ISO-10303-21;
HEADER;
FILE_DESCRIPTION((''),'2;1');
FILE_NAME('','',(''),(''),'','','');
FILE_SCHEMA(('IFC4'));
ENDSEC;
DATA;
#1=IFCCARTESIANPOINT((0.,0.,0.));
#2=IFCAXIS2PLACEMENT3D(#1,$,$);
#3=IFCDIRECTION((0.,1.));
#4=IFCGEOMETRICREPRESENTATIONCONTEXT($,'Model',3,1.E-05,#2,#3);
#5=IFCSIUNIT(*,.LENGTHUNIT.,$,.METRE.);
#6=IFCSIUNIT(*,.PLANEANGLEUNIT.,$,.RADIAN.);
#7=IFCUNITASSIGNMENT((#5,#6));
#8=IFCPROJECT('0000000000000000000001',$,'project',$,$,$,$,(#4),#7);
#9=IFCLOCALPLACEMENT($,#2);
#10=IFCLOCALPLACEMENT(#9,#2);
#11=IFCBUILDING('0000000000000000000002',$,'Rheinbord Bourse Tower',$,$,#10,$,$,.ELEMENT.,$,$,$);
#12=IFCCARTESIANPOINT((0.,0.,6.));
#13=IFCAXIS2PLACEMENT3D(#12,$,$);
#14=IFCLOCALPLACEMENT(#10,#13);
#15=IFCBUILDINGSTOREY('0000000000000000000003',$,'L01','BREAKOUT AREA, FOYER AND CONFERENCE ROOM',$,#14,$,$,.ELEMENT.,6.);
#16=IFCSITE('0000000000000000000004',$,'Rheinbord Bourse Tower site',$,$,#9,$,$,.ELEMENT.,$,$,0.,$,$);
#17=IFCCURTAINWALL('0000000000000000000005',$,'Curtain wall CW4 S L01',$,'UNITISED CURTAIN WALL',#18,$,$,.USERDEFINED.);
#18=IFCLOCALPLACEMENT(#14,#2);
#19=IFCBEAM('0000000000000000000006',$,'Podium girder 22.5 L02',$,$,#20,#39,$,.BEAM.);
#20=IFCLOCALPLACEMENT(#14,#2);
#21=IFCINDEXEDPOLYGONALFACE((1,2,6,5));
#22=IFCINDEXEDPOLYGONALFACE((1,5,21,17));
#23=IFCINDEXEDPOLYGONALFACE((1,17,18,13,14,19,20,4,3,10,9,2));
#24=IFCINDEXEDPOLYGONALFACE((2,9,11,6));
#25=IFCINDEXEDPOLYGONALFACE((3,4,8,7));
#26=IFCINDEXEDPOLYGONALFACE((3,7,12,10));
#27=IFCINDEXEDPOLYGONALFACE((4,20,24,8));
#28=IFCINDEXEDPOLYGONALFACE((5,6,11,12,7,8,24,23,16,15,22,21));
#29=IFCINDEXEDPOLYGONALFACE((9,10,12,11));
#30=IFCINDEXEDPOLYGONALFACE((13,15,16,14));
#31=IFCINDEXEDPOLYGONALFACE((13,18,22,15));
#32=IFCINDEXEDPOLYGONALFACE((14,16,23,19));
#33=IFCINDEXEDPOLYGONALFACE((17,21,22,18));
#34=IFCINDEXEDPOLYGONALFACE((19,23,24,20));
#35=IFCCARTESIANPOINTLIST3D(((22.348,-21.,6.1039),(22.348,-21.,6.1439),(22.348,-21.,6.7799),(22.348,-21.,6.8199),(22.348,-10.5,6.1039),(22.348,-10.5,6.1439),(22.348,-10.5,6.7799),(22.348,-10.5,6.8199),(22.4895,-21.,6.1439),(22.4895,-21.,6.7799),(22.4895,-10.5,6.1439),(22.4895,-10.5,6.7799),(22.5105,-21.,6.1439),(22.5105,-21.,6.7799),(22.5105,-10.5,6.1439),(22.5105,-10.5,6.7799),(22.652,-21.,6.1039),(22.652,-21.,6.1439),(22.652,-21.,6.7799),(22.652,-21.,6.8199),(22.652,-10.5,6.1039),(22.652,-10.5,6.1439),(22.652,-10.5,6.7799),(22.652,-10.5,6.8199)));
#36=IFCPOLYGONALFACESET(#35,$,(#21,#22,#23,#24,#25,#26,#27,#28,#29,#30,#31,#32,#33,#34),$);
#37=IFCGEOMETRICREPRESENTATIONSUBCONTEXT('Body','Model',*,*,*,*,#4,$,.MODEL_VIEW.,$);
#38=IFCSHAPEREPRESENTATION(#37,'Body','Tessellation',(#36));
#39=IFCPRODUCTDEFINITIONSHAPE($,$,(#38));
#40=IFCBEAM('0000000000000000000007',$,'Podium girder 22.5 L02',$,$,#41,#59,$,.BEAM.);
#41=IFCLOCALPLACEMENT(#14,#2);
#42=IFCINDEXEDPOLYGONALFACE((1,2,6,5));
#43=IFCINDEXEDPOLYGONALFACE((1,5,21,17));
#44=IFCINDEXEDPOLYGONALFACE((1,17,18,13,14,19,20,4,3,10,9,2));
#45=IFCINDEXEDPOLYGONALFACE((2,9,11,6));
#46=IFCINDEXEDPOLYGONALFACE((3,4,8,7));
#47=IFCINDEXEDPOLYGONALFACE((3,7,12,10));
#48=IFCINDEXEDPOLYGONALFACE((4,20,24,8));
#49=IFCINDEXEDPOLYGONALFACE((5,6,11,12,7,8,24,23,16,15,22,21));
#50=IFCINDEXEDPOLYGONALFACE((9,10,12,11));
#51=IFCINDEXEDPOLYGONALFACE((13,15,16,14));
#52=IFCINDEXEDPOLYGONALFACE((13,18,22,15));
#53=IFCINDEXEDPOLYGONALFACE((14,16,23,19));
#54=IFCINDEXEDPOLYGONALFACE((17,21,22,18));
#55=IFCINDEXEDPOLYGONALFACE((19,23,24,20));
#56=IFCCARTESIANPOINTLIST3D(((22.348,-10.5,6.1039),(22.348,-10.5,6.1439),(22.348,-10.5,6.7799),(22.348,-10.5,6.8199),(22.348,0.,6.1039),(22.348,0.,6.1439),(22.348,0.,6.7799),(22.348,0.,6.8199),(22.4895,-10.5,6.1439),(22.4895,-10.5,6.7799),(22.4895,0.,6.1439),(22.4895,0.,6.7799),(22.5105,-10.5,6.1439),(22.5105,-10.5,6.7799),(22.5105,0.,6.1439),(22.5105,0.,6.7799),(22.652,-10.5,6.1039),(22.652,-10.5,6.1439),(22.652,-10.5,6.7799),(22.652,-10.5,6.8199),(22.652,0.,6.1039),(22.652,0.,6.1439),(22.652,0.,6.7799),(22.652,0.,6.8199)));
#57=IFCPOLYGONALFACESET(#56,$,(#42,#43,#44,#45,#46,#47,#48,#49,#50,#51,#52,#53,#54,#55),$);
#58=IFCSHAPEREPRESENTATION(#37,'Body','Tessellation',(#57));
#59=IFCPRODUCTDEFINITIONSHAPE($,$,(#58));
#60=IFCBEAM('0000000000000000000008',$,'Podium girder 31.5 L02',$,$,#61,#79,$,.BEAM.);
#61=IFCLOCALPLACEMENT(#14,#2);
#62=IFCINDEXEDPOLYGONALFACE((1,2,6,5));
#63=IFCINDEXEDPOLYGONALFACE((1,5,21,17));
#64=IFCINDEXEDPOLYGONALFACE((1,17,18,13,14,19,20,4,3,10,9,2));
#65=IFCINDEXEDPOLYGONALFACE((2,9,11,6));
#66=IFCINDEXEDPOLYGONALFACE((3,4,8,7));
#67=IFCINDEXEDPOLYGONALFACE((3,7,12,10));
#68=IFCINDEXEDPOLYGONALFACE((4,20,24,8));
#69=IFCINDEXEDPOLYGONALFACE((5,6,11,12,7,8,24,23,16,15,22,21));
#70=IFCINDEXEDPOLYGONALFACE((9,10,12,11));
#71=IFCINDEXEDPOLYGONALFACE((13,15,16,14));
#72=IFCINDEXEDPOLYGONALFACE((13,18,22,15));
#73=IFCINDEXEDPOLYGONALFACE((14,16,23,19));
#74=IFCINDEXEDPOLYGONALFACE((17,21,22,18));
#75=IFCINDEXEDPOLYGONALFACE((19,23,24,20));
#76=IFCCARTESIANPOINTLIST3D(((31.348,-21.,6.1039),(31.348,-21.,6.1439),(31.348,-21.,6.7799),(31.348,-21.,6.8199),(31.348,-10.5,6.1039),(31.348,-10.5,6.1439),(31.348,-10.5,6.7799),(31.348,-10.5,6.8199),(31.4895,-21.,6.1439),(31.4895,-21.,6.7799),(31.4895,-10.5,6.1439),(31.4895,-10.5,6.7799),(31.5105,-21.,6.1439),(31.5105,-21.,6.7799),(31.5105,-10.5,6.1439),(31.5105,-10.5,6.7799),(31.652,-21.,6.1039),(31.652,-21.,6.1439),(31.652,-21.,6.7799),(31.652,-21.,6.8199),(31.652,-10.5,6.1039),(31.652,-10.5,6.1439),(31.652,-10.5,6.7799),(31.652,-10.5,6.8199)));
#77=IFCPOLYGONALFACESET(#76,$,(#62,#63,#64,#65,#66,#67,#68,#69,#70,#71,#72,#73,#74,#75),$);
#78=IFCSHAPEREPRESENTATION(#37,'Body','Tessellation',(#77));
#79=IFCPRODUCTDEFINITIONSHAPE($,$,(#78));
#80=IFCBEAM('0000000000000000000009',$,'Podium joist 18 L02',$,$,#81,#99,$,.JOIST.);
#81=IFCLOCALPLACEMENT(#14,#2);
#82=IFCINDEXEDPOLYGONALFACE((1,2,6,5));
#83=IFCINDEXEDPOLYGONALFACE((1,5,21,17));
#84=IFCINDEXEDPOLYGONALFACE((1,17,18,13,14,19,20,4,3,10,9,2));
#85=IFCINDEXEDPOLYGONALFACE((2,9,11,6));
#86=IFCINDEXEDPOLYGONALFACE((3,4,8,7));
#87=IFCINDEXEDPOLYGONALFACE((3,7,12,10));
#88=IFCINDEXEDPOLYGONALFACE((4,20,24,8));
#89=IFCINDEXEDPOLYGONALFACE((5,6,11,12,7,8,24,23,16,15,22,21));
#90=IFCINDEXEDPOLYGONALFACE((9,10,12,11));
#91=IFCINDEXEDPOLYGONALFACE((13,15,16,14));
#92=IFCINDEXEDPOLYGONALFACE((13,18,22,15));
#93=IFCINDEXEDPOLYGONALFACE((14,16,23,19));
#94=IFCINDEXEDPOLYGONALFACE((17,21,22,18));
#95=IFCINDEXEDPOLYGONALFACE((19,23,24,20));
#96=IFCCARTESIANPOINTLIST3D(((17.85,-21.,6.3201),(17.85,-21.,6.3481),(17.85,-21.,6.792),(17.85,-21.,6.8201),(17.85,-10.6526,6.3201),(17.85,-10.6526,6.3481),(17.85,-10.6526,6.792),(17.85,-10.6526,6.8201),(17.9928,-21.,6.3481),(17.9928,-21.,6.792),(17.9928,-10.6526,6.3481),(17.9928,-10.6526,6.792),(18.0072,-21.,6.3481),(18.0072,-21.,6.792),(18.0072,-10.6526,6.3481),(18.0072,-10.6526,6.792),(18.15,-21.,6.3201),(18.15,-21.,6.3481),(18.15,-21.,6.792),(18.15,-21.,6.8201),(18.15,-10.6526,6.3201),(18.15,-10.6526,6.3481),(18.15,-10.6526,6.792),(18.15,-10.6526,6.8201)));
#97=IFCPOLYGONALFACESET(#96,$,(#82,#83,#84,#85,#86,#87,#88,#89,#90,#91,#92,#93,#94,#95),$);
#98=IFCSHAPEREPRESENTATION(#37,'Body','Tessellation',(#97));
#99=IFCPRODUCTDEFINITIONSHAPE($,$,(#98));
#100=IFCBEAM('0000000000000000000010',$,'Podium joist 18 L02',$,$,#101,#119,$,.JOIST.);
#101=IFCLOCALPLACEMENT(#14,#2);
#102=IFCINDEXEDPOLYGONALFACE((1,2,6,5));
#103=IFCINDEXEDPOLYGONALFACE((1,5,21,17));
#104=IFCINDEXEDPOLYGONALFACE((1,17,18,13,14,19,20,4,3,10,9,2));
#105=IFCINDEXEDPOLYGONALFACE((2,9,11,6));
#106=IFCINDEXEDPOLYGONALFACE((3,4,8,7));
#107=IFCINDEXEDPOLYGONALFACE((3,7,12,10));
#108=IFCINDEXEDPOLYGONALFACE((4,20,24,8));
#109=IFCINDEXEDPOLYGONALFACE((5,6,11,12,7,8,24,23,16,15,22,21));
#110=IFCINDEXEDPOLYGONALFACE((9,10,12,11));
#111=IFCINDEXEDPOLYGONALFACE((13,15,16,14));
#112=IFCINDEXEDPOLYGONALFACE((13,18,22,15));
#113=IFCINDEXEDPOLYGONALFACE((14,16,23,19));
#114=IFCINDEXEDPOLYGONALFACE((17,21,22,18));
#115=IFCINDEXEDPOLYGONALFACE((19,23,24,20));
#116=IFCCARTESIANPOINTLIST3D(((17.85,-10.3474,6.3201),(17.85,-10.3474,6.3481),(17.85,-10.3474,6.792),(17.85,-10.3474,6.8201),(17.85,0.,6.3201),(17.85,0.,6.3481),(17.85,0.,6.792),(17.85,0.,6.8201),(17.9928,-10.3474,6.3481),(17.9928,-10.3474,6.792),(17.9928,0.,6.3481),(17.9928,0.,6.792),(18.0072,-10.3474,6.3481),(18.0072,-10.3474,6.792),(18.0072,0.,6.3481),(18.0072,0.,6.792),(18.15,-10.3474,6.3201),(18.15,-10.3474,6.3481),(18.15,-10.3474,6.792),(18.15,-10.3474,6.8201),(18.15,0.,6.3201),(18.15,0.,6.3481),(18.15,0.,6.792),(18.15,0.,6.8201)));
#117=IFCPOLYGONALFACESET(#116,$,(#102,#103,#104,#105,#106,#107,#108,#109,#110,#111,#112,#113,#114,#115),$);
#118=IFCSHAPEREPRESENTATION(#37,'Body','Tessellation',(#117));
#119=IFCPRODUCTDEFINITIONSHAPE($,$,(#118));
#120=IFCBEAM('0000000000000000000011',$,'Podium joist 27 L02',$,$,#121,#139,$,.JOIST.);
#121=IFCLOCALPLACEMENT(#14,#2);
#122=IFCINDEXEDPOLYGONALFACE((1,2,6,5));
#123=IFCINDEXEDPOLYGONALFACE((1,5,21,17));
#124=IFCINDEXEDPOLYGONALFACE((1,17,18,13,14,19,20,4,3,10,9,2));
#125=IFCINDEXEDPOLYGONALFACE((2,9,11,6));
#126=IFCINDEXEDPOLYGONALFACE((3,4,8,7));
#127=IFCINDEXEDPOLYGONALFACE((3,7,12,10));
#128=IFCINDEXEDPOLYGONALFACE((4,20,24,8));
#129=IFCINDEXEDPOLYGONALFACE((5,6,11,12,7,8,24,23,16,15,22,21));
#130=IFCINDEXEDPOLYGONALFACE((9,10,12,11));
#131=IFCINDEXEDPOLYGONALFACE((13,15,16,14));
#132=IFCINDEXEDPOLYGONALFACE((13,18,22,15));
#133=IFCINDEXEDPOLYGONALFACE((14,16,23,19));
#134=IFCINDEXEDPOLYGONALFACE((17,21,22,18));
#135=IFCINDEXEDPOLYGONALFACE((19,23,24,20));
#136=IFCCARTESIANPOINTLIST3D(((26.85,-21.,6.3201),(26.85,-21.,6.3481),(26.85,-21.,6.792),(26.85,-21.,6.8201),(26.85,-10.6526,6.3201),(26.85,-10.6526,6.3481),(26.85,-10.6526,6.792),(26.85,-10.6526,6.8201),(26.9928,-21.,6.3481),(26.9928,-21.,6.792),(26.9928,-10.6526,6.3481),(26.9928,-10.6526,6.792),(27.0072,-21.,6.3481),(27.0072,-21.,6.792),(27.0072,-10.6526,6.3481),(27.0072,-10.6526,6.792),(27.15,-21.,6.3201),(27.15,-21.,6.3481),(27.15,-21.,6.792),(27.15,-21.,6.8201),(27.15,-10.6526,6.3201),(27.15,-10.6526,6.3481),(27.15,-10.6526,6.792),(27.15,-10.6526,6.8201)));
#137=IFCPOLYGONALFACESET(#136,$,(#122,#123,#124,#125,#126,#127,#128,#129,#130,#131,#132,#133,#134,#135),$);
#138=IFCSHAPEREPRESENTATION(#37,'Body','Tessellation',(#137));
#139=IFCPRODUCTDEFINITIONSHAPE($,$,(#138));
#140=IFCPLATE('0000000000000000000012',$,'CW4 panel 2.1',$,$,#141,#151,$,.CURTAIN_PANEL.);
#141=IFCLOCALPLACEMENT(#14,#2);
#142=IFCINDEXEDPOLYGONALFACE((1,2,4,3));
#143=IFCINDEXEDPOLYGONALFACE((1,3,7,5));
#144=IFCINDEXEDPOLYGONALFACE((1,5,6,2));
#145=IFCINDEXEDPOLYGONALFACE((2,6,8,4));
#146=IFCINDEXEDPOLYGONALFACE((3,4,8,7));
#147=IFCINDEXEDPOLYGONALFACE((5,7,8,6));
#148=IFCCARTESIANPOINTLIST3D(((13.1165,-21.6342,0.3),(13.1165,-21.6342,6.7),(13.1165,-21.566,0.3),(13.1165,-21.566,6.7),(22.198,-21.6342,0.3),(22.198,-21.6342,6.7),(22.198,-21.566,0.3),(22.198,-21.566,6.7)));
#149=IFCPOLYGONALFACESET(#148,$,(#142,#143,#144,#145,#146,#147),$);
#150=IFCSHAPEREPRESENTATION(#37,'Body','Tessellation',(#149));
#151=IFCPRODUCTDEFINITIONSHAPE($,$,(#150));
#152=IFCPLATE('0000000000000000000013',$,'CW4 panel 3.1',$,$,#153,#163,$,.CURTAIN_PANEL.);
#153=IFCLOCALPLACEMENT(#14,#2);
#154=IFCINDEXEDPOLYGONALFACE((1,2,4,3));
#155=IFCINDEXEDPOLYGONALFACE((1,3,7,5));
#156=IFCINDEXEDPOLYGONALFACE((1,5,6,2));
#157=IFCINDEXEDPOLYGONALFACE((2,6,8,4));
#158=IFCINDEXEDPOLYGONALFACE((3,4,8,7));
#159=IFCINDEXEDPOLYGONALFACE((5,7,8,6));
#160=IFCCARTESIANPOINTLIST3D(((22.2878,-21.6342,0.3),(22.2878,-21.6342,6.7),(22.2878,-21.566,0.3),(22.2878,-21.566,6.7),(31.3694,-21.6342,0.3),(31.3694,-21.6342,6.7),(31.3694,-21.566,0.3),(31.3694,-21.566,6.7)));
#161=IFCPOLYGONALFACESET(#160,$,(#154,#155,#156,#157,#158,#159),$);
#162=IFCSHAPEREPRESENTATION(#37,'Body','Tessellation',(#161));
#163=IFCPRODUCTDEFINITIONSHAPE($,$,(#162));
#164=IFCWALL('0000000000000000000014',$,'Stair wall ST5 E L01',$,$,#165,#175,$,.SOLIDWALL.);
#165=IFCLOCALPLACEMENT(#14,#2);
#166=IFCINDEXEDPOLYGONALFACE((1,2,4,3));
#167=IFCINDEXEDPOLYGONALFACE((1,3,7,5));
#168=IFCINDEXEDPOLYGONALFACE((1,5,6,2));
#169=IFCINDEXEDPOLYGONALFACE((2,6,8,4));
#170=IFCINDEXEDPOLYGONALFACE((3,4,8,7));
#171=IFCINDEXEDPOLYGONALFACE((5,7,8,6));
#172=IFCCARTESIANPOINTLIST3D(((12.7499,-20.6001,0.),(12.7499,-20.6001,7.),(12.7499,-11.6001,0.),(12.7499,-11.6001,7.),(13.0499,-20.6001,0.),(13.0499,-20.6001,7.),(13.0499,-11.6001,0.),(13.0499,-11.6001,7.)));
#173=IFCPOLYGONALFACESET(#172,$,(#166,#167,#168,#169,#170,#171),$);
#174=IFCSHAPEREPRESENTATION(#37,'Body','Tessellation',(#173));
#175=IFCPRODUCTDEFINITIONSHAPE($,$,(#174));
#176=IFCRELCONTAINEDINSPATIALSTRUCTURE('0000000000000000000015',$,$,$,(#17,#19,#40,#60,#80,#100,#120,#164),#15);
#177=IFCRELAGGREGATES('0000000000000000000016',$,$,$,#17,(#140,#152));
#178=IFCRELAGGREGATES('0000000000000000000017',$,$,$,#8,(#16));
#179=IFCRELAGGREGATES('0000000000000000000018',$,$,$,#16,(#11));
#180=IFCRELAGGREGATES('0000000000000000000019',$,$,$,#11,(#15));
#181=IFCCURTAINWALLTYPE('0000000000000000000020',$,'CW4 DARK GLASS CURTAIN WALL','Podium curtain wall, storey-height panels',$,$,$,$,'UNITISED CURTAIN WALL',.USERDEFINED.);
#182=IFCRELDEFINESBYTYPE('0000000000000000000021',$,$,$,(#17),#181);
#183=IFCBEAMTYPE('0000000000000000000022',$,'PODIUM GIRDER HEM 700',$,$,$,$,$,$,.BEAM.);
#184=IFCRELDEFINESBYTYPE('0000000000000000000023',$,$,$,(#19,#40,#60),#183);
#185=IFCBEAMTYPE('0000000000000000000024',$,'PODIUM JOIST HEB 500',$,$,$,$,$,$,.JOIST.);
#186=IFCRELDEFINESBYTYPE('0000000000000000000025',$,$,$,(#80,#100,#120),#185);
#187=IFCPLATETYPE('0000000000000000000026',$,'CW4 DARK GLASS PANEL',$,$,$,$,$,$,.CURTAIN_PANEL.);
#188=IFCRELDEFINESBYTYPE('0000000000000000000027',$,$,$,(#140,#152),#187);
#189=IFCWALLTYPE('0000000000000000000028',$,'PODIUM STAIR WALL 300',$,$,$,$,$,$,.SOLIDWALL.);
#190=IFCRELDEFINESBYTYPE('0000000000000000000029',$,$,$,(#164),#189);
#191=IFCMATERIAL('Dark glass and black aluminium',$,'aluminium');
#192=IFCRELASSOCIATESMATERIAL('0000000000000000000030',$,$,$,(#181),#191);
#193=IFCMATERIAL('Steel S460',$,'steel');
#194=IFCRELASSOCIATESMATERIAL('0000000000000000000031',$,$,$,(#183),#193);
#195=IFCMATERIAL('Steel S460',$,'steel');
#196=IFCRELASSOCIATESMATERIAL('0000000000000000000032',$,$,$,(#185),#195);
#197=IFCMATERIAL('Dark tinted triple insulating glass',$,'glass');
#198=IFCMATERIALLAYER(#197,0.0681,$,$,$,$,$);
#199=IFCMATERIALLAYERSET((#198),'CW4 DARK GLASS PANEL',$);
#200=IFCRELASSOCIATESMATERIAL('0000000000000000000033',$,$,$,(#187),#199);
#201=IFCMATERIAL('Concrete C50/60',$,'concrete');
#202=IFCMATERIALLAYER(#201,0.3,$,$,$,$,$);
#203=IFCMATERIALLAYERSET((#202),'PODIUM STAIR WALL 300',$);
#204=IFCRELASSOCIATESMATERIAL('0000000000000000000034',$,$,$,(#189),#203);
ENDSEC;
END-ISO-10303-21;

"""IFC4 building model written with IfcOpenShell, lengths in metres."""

from ifc_helpers import new_model, si_unit, direction, frame, frame_2d, origin, origin_2d, place, context, subcontext, project, spatial, rectangle, i_section, extrude, material, layer, layer_set, material_profile, profile_set, type_object, element, aggregate, save


model = new_model("IFC4")

# Units and contexts
model_context = context("Model", 3, precision=1e-05, world=origin(), true_north=direction((0.0, 1.0)))
body_context = subcontext(model_context, "Body", "Model", "MODEL_VIEW")
ifc_project = project(units=[si_unit("LENGTHUNIT", "METRE"), si_unit("PLANEANGLEUNIT", "RADIAN")], contexts=[model_context])

# Site, building, storey
site_placement = place(None, origin())
site = spatial("IfcSite", under=ifc_project, at=site_placement, Name="Rheinbord Bourse Tower site", CompositionType="ELEMENT", RefElevation=0.0)
building_placement = place(site_placement, origin())
building = spatial("IfcBuilding", under=site, at=building_placement, Name="Rheinbord Bourse Tower", CompositionType="ELEMENT")
storey_placement = place(building_placement, frame((0.0, 0.0, 6.0)))
storey = spatial("IfcBuildingStorey", under=building, at=storey_placement, Name="L01", Description="BREAKOUT AREA, FOYER AND CONFERENCE ROOM", CompositionType="ELEMENT", Elevation=6.0)

# Curtain wall
ifc_material_1 = material(Name="Dark glass and black aluminium", Category="aluminium")
curtain_wall_type = type_object("IfcCurtainWallType", Name="CW4 DARK GLASS CURTAIN WALL", Description="Podium curtain wall, storey-height panels", ElementType="UNITISED CURTAIN WALL", PredefinedType="USERDEFINED", material=ifc_material_1)
curtain_wall_placement = place(storey_placement, origin())
curtain_wall = element("IfcCurtainWall", 1, at=curtain_wall_placement, inside=storey, type_object=curtain_wall_type, Name="Curtain wall CW4 S L01", ObjectType="UNITISED CURTAIN WALL", PredefinedType="USERDEFINED")

# Beams
ifc_material_2 = material(Name="Steel S460", Category="steel")
ifc_material_profile_1 = material_profile(ifc_material_2, i_section(OverallWidth=0.304, OverallDepth=0.7161, WebThickness=0.021, FlangeThickness=0.04, at=origin_2d()), Name="HEM 700")
ifc_profile_set_1 = profile_set([ifc_material_profile_1], Name="Steel S460")
beam_type_1 = type_object("IfcBeamType", Name="PODIUM GIRDER HEM 700", PredefinedType="BEAM", material=ifc_profile_set_1)
for number, where, z_axis, x_axis, name in (
    (2, (22.5, -21.0, 6.4619), (0.0, 1.0, 0.0), (-1.0, 0.0, 0.0), "Podium girder 22.5 L02"),
    (3, (22.5, -10.5, 6.4619), (0.0, 1.0, 0.0), (-1.0, 0.0, 0.0), "Podium girder 22.5 L02"),
    (4, (31.5, -21.0, 6.4619), (0.0, 1.0, 0.0), (-1.0, 0.0, 0.0), "Podium girder 31.5 L02"),
):
    element("IfcBeam", number, at=place(storey_placement, frame(where, z_axis=z_axis, x_axis=x_axis)), inside=storey, type_object=beam_type_1, Name=name, PredefinedType="BEAM", context=body_context, shape_type="SweptSolid", body=[
        extrude(i_section(OverallWidth=0.304, OverallDepth=0.7161, WebThickness=0.021, FlangeThickness=0.04, at=origin_2d()), origin(), (0.0, 0.0, 1.0), 10.5),
    ])
ifc_material_3 = material(Name="Steel S460", Category="steel")
ifc_material_profile_2 = material_profile(ifc_material_3, i_section(OverallWidth=0.3, OverallDepth=0.5, WebThickness=0.0144, FlangeThickness=0.0281, at=origin_2d()), Name="HEB 500")
ifc_profile_set_2 = profile_set([ifc_material_profile_2], Name="Steel S460")
beam_type_2 = type_object("IfcBeamType", Name="PODIUM JOIST HEB 500", PredefinedType="JOIST", material=ifc_profile_set_2)
for number, where, z_axis, x_axis, name in (
    (5, (18.0, -21.0, 6.5701), (0.0, 1.0, 0.0), (-1.0, 0.0, 0.0), "Podium joist 18 L02"),
    (6, (18.0, -10.3474, 6.5701), (0.0, 1.0, 0.0), (-1.0, 0.0, 0.0), "Podium joist 18 L02"),
    (7, (27.0, -21.0, 6.5701), (0.0, 1.0, 0.0), (-1.0, 0.0, 0.0), "Podium joist 27 L02"),
):
    element("IfcBeam", number, at=place(storey_placement, frame(where, z_axis=z_axis, x_axis=x_axis)), inside=storey, type_object=beam_type_2, Name=name, PredefinedType="JOIST", context=body_context, shape_type="SweptSolid", body=[
        extrude(i_section(OverallWidth=0.3, OverallDepth=0.5, WebThickness=0.0144, FlangeThickness=0.0281, at=origin_2d()), origin(), (0.0, 0.0, 1.0), 10.3474),
    ])

# Plates
ifc_material_4 = material(Name="Dark tinted triple insulating glass", Category="glass")
ifc_layer_1 = layer(ifc_material_4, 0.0681)
ifc_layer_set_1 = layer_set([ifc_layer_1], Name="CW4 DARK GLASS PANEL")
plate_type = type_object("IfcPlateType", Name="CW4 DARK GLASS PANEL", PredefinedType="CURTAIN_PANEL", material=ifc_layer_set_1)
plate_1_placement = place(storey_placement, frame((17.6572, -21.6001, 0.3), z_axis=(0.0, 0.0, 1.0), x_axis=(1.0, 0.0, 0.0)))
plate_1 = element("IfcPlate", 8, at=plate_1_placement, type_object=plate_type, Name="CW4 panel 2.1", PredefinedType="CURTAIN_PANEL", context=body_context, shape_type="SweptSolid", body=[
    extrude(rectangle(XDim=9.0815, YDim=0.0681, at=origin_2d()), origin(), (0.0, 0.0, 1.0), 6.3999),
])
plate_2_placement = place(storey_placement, frame((26.8286, -21.6001, 0.3), z_axis=(0.0, 0.0, 1.0), x_axis=(1.0, 0.0, 0.0)))
plate_2 = element("IfcPlate", 9, at=plate_2_placement, type_object=plate_type, Name="CW4 panel 3.1", PredefinedType="CURTAIN_PANEL", context=body_context, shape_type="SweptSolid", body=[
    extrude(rectangle(XDim=9.0815, YDim=0.0681, at=origin_2d()), origin(), (0.0, 0.0, 1.0), 6.3999),
])
aggregate(curtain_wall, [plate_1, plate_2])

# Wall
ifc_material_5 = material(Name="Concrete C50/60", Category="concrete")
ifc_layer_2 = layer(ifc_material_5, 0.3)
ifc_layer_set_2 = layer_set([ifc_layer_2], Name="PODIUM STAIR WALL 300")
wall_type = type_object("IfcWallType", Name="PODIUM STAIR WALL 300", PredefinedType="SOLIDWALL", material=ifc_layer_set_2)
wall_placement = place(storey_placement, frame((12.8999, -20.6001, 0.0), z_axis=(0.0, 0.0, 1.0), x_axis=(0.0, 1.0, 0.0)))
element("IfcWall", 10, at=wall_placement, inside=storey, type_object=wall_type, Name="Stair wall ST5 E L01", PredefinedType="SOLIDWALL", context=body_context, shape_type="SweptSolid", body=[
    extrude(rectangle(XDim=9.0, YDim=0.3, at=frame_2d((4.5, 0.0))), origin(), (0.0, 0.0, 1.0), 7.0),
])

save(model, "model.ifc")
